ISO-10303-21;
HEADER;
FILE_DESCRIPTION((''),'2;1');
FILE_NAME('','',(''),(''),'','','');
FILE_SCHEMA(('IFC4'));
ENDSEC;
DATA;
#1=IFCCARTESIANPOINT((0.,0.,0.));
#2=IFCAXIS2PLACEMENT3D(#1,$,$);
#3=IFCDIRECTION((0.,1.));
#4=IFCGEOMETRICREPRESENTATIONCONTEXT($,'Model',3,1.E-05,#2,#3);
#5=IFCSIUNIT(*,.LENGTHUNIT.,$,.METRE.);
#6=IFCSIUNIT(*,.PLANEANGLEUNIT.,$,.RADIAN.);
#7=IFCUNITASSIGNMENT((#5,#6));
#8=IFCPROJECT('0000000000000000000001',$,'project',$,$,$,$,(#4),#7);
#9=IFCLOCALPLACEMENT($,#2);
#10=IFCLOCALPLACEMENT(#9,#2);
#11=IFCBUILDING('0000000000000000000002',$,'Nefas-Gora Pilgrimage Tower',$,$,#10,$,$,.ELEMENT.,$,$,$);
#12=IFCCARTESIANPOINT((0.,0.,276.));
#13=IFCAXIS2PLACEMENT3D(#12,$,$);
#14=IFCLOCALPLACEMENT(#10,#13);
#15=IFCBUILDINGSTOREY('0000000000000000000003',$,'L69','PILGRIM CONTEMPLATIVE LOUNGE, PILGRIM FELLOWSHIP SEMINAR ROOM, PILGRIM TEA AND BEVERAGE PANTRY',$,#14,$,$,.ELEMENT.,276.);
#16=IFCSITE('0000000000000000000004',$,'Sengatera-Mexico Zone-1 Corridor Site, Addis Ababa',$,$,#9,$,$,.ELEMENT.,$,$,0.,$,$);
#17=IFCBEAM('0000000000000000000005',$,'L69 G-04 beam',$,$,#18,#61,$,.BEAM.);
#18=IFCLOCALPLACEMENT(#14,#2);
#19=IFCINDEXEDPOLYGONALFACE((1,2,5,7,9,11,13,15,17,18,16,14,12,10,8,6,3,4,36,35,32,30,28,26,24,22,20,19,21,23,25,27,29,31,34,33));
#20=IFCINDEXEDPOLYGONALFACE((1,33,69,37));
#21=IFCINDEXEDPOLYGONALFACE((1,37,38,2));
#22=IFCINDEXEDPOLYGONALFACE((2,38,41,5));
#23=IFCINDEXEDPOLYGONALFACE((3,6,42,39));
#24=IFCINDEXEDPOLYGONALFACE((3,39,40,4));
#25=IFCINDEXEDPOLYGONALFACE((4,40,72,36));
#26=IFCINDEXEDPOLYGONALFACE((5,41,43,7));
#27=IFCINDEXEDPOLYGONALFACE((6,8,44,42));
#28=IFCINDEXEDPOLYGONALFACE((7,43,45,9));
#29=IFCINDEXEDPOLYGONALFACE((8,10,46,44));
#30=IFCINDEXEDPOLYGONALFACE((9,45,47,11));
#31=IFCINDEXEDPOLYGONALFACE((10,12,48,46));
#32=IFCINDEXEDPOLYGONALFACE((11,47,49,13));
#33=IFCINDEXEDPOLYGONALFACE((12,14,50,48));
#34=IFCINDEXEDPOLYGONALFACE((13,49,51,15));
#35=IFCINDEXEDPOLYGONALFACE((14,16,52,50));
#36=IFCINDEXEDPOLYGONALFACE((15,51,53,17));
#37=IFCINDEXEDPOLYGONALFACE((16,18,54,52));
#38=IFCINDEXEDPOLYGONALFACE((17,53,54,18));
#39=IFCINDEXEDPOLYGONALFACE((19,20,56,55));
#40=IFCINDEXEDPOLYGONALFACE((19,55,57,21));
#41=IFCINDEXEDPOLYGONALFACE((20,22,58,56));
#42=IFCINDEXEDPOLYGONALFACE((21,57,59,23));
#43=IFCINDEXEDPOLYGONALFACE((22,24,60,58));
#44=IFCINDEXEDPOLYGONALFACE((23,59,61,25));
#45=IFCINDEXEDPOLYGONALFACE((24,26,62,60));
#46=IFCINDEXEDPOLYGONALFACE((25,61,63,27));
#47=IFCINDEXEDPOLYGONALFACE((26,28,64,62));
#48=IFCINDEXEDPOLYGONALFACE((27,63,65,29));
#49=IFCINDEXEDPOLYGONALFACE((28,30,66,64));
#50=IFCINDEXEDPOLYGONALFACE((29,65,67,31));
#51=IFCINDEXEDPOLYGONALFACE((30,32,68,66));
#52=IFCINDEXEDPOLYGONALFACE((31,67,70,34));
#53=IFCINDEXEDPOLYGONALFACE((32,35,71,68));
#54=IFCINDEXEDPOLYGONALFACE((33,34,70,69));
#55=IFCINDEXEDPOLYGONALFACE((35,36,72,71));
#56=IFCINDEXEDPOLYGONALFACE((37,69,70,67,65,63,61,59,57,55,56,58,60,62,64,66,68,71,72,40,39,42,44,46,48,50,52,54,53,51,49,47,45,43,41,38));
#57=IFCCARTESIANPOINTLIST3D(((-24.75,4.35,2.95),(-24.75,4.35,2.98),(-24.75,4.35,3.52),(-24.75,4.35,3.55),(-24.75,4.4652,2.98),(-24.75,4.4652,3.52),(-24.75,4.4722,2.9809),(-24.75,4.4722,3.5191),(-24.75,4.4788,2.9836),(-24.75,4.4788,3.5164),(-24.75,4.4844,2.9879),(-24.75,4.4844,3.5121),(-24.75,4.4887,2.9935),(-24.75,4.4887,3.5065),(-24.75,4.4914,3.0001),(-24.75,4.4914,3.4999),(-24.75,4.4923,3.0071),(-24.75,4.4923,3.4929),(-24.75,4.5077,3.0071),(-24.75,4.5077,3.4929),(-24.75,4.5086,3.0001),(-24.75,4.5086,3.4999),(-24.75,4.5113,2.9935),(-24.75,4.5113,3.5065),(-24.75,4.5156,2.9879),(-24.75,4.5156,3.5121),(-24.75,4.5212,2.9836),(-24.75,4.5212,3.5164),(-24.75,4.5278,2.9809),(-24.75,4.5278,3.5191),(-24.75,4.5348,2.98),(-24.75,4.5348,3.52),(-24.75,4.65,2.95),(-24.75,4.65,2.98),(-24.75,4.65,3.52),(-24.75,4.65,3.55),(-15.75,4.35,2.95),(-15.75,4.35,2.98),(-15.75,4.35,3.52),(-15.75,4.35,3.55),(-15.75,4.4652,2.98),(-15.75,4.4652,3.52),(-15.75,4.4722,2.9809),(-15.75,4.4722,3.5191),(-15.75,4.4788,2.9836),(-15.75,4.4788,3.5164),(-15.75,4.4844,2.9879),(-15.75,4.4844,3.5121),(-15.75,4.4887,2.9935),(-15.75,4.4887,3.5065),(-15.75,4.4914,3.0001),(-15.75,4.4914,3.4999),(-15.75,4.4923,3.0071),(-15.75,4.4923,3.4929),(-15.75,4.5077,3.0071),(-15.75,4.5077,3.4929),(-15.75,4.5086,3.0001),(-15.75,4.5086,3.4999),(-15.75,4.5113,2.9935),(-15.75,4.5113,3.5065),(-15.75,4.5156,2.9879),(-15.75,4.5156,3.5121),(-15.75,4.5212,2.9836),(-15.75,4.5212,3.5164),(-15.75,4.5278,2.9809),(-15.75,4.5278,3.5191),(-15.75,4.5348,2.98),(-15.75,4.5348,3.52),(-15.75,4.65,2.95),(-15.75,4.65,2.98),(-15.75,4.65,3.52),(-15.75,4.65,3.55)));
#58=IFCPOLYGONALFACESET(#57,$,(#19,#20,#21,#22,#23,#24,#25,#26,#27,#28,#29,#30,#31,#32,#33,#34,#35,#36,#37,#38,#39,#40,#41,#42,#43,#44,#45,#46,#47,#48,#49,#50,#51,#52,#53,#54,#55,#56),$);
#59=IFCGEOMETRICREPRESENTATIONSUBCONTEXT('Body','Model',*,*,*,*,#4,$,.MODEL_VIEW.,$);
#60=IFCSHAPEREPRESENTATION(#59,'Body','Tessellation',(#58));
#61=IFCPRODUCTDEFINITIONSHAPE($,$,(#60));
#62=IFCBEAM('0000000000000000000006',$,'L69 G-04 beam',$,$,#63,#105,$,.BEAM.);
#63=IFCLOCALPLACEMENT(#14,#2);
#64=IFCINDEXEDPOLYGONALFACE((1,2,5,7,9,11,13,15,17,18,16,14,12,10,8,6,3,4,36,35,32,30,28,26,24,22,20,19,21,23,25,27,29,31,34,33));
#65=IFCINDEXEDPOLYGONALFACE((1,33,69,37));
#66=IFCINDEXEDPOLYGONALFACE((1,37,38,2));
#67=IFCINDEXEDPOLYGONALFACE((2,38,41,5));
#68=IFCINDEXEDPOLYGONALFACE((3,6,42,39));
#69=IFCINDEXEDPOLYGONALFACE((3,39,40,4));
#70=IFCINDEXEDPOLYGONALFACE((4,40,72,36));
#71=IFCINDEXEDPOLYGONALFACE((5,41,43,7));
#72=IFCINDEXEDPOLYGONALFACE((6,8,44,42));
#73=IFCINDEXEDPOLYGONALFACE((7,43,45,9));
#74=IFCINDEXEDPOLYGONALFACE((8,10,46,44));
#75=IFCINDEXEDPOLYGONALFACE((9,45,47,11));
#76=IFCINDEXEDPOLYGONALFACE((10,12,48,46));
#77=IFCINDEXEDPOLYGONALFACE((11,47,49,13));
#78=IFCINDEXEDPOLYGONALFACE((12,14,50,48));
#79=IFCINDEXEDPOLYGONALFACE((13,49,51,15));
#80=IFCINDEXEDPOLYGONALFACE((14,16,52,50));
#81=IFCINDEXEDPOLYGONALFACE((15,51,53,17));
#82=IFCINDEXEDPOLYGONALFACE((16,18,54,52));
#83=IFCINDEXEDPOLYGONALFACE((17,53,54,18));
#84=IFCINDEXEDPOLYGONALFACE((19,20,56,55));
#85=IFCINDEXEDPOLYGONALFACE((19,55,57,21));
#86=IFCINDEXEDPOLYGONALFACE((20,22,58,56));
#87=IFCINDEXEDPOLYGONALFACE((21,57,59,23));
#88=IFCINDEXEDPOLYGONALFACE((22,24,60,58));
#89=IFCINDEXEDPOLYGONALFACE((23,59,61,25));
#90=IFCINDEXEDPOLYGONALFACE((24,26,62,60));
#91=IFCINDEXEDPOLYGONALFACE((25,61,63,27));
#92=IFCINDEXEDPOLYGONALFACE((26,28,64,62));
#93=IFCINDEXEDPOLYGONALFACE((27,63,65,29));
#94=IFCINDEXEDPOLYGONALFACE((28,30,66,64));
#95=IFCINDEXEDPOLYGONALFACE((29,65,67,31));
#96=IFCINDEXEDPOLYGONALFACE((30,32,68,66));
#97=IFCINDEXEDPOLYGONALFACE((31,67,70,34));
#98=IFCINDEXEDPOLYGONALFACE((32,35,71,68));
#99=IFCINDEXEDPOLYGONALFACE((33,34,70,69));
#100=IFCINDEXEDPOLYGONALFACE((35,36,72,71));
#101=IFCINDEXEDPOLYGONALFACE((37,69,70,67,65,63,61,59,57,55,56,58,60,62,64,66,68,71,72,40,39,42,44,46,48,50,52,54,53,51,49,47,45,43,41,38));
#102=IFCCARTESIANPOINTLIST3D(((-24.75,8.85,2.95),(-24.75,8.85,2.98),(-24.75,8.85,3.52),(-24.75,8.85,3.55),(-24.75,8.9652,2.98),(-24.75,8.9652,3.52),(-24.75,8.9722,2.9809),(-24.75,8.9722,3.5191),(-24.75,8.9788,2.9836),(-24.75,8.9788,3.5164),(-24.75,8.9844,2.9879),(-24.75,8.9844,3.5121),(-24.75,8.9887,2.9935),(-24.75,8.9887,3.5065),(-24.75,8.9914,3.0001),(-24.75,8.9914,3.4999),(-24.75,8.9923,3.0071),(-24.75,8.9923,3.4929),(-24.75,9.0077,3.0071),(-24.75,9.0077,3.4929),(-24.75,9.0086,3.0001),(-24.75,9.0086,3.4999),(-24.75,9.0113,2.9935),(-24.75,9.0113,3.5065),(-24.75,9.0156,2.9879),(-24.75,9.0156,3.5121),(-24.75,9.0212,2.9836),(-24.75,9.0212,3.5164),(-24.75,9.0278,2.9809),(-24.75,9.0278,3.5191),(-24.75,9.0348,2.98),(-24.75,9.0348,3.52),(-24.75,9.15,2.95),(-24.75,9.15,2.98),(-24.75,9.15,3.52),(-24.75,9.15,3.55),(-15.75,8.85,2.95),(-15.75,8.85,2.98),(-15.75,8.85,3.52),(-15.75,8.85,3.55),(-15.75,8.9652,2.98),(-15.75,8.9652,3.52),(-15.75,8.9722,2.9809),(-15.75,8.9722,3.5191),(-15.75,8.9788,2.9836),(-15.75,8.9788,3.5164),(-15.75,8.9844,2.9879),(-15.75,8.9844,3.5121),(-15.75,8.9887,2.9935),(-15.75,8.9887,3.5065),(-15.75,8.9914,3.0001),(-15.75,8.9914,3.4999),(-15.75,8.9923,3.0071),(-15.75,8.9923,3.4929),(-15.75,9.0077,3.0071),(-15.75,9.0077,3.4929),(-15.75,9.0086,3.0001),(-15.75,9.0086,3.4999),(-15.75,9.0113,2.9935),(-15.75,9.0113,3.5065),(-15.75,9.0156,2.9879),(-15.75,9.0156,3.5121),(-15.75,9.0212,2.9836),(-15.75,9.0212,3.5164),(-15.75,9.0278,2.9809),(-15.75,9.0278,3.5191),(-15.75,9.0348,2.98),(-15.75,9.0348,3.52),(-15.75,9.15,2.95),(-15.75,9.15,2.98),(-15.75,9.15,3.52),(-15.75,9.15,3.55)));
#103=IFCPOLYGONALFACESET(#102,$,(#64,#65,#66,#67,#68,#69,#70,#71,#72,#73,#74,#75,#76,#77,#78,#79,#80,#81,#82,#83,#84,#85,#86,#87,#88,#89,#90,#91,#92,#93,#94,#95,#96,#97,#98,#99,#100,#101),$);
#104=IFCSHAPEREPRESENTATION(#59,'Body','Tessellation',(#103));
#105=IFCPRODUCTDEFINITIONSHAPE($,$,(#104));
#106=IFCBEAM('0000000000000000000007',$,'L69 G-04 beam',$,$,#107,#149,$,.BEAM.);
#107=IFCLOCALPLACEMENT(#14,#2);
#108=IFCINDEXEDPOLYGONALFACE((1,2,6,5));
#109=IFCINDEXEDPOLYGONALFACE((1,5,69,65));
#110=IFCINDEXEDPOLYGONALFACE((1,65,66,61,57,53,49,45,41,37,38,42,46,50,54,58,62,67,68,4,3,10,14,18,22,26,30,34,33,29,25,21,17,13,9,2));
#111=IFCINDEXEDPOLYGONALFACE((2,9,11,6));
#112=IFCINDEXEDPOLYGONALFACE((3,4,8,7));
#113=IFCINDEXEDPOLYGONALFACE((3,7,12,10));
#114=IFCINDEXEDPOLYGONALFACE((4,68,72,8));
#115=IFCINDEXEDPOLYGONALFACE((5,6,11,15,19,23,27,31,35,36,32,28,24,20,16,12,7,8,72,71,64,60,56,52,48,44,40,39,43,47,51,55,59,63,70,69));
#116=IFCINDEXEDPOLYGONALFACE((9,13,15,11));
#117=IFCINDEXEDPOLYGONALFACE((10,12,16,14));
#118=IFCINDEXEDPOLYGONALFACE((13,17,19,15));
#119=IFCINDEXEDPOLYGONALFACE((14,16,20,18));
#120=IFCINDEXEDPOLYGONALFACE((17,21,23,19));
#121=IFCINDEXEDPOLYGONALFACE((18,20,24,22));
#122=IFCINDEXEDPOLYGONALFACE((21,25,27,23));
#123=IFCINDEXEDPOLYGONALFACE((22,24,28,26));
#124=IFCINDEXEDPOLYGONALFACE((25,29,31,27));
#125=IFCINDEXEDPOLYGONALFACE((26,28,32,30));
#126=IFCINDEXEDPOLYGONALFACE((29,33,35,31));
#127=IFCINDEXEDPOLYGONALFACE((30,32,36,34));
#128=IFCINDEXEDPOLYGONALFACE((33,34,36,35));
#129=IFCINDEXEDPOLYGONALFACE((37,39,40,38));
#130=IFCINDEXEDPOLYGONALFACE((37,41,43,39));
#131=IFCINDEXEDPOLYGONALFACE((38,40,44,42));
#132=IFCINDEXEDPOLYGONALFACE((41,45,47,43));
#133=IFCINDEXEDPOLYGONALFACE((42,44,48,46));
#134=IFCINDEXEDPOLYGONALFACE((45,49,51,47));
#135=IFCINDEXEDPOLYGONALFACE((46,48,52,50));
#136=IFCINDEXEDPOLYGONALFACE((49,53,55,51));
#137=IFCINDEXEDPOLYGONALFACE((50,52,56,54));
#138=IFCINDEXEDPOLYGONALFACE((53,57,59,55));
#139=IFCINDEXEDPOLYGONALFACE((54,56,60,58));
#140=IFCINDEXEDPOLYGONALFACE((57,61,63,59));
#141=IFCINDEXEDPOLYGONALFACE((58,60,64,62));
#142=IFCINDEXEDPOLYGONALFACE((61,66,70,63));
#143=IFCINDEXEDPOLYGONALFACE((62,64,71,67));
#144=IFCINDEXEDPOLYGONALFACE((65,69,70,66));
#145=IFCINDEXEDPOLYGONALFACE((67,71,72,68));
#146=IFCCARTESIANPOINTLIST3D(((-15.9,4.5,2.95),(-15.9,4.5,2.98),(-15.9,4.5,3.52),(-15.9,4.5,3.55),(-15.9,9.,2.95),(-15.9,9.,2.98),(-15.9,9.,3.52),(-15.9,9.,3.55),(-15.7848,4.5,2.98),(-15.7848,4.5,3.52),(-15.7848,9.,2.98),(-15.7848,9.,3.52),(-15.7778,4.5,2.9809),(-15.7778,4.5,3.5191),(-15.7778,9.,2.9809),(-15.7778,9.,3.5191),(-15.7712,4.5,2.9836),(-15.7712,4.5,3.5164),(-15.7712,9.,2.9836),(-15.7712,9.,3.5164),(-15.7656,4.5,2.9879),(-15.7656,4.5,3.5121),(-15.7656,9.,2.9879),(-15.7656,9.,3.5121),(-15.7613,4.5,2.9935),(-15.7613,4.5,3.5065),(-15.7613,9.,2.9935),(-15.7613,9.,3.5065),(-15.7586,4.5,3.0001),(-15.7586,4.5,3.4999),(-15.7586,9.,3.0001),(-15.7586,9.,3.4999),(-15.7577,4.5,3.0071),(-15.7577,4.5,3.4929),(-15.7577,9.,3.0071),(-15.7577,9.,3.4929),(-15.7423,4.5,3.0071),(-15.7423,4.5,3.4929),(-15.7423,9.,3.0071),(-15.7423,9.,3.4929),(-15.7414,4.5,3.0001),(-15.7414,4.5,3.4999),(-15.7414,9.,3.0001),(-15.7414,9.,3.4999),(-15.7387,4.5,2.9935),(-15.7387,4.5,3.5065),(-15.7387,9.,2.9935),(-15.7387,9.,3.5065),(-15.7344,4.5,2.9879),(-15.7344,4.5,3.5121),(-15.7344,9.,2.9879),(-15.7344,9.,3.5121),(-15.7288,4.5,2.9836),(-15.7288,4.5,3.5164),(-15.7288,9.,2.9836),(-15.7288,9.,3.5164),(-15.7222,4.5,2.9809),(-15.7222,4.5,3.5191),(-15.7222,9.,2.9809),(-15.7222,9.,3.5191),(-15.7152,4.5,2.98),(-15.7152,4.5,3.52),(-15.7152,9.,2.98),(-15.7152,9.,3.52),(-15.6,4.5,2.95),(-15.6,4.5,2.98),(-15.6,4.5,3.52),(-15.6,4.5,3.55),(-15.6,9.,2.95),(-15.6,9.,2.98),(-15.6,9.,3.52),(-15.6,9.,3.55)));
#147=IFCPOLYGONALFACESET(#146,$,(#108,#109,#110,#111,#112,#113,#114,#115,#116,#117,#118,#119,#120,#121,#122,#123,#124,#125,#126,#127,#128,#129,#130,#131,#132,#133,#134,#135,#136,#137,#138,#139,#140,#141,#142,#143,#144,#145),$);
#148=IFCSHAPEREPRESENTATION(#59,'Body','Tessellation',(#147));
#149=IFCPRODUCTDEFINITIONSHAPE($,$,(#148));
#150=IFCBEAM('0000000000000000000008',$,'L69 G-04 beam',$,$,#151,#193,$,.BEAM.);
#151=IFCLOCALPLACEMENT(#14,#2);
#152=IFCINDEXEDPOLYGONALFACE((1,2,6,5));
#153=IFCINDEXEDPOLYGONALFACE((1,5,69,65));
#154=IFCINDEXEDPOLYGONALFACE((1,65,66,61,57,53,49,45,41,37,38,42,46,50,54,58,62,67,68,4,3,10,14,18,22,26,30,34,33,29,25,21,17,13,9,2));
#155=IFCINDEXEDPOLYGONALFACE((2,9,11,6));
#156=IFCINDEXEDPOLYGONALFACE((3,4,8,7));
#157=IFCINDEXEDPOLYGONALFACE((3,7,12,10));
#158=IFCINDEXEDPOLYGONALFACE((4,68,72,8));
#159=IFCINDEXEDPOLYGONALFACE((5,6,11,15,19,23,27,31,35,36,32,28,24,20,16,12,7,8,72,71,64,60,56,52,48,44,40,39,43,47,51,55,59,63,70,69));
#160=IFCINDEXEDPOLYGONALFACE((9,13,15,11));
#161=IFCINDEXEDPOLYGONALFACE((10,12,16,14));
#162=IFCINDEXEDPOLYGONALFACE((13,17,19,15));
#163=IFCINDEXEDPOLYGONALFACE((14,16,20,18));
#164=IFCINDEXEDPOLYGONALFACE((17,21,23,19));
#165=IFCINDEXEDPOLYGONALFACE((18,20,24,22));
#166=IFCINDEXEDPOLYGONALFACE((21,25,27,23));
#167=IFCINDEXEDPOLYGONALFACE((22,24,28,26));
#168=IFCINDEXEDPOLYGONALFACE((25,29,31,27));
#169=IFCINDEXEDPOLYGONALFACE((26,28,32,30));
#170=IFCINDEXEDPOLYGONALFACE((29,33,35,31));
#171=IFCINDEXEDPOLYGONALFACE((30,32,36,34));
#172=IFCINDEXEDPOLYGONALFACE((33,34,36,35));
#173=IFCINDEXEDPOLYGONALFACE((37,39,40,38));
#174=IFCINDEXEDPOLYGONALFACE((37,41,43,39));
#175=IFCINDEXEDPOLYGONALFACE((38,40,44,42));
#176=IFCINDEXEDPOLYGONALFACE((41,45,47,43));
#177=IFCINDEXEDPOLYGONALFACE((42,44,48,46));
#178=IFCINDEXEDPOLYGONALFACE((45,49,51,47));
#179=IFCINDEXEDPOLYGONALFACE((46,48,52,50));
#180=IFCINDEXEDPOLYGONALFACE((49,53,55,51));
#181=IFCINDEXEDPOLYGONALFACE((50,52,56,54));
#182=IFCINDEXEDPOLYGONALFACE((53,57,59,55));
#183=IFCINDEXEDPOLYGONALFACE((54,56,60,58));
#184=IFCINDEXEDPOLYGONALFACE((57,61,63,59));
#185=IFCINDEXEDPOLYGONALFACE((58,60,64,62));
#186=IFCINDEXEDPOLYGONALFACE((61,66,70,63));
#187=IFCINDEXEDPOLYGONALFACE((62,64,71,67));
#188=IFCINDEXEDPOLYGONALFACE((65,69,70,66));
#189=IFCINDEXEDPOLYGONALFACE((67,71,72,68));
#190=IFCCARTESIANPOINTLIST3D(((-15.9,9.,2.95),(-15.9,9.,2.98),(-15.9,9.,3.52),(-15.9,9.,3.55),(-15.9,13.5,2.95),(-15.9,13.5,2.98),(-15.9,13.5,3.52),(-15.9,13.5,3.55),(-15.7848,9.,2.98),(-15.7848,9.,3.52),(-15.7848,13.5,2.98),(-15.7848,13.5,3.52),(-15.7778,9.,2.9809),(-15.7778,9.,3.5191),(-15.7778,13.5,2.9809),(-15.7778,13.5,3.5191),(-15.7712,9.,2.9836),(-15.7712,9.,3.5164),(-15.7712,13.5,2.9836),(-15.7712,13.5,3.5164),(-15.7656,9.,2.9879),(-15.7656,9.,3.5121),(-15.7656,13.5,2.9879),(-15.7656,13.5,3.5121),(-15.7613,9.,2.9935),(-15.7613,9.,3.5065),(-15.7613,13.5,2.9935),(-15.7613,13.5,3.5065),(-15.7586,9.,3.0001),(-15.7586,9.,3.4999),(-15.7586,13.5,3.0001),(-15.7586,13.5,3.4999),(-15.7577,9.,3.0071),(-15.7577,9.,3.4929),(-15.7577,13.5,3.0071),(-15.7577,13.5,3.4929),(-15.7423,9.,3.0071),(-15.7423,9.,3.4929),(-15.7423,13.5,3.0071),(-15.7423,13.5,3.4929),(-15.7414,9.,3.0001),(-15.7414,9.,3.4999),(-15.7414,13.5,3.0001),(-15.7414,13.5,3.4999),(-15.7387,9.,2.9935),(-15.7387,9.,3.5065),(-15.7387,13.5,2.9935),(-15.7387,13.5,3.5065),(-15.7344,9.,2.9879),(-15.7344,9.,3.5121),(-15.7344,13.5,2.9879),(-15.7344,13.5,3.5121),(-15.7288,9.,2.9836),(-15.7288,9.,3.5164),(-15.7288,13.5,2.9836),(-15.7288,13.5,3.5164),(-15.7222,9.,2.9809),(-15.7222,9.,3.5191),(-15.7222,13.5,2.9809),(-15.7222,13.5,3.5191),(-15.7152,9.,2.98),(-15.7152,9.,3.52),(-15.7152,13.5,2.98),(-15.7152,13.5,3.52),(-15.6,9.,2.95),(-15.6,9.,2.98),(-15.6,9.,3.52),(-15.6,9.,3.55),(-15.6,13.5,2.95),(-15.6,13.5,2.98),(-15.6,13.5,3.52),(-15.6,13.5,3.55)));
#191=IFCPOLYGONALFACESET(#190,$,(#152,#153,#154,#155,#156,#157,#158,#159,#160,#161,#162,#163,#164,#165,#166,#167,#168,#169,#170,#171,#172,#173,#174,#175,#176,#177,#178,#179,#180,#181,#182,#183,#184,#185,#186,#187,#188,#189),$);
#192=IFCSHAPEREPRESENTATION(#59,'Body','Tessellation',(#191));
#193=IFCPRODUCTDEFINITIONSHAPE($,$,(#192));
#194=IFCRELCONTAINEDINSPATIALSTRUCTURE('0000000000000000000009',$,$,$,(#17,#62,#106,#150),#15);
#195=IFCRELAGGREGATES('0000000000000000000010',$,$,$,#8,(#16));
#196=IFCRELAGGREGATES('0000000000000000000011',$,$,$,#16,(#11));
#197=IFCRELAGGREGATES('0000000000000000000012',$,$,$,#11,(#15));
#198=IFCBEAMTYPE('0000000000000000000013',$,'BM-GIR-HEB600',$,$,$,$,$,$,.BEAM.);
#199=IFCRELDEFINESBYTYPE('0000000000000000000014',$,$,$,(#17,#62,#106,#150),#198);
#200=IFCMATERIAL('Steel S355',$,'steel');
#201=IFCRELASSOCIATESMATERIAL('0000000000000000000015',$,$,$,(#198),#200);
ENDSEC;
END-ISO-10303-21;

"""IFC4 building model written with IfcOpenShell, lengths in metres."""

from ifc_helpers import new_model, si_unit, direction, frame, origin, origin_2d, place, context, subcontext, project, spatial, i_section, extrude, source, transform, mapped, material, material_profile, profile_set, type_object, element, save


model = new_model("IFC4")

# Units and contexts
model_context = context("Model", 3, precision=1e-05, world=origin(), true_north=direction((0.0, 1.0)))
body_context = subcontext(model_context, "Body", "Model", "MODEL_VIEW")
ifc_project = project(units=[si_unit("LENGTHUNIT", "METRE"), si_unit("PLANEANGLEUNIT", "RADIAN")], contexts=[model_context])

# Site, building, storey
site_placement = place(None, origin())
site = spatial("IfcSite", under=ifc_project, at=site_placement, Name="Sengatera-Mexico Zone-1 Corridor Site, Addis Ababa", CompositionType="ELEMENT", RefElevation=0.0)
building_placement = place(site_placement, origin())
building = spatial("IfcBuilding", under=site, at=building_placement, Name="Nefas-Gora Pilgrimage Tower", CompositionType="ELEMENT")
storey_placement = place(building_placement, frame((0.0, 0.0, 276.0)))
storey = spatial("IfcBuildingStorey", under=building, at=storey_placement, Name="L69", Description="PILGRIM CONTEMPLATIVE LOUNGE, PILGRIM FELLOWSHIP SEMINAR ROOM, PILGRIM TEA AND BEVERAGE PANTRY", CompositionType="ELEMENT", Elevation=276.0)

# Shared definitions
ifc_material_1 = material(Name="Steel S355", Category="steel")

# Beams
ifc_material_profile_1 = material_profile(ifc_material_1, i_section(OverallWidth=0.3, OverallDepth=0.6001, WebThickness=0.0154, FlangeThickness=0.03, FilletRadius=0.0271, at=origin_2d()), Name="HEB 600")
ifc_profile_set_1 = profile_set([ifc_material_profile_1], Name="Steel S355")
beam_type_1 = type_object("IfcBeamType", Name="BM-GIR-HEB600", PredefinedType="BEAM", material=ifc_profile_set_1)
shared_shape_1 = source(origin(), body_context, "Body", "SweptSolid", [
    extrude(i_section(OverallWidth=0.3, OverallDepth=0.6001, WebThickness=0.0154, FlangeThickness=0.03, FilletRadius=0.0271, at=origin_2d()), origin(), (0.0, 0.0, 1.0), 9.0),
])
for number, where, z_axis, x_axis, name in (
    (1, (-24.75, 4.5, 3.25), (1.0, 0.0, 0.0), (0.0, 1.0, 0.0), "L69 G-04 beam"),
    (2, (-24.75, 9.0, 3.25), (1.0, 0.0, 0.0), (0.0, 1.0, 0.0), "L69 G-04 beam"),
):
    element("IfcBeam", number, at=place(storey_placement, frame(where, z_axis=z_axis, x_axis=x_axis)), inside=storey, type_object=beam_type_1, Name=name, PredefinedType="BEAM", context=body_context, shape_type="MappedRepresentation", body=[
        mapped(shared_shape_1, transform((0.0, 0.0, 0.0), x_axis=(1.0, 0.0, 0.0), y_axis=(0.0, 1.0, 0.0), z_axis=(0.0, 0.0, 1.0), scale=1.0)),
    ])
shared_shape_2 = source(origin(), body_context, "Body", "SweptSolid", [
    extrude(i_section(OverallWidth=0.3, OverallDepth=0.6001, WebThickness=0.0154, FlangeThickness=0.03, FilletRadius=0.0271, at=origin_2d()), origin(), (0.0, 0.0, 1.0), 4.5),
])
for number, where, z_axis, x_axis, name in (
    (3, (-15.75, 4.5, 3.25), (0.0, 1.0, 0.0), (-1.0, 0.0, 0.0), "L69 G-04 beam"),
    (4, (-15.75, 9.0, 3.25), (0.0, 1.0, 0.0), (-1.0, 0.0, 0.0), "L69 G-04 beam"),
):
    element("IfcBeam", number, at=place(storey_placement, frame(where, z_axis=z_axis, x_axis=x_axis)), inside=storey, type_object=beam_type_1, Name=name, PredefinedType="BEAM", context=body_context, shape_type="MappedRepresentation", body=[
        mapped(shared_shape_2, transform((0.0, 0.0, 0.0), x_axis=(1.0, 0.0, 0.0), y_axis=(0.0, 1.0, 0.0), z_axis=(0.0, 0.0, 1.0), scale=1.0)),
    ])

save(model, "model.ifc")
